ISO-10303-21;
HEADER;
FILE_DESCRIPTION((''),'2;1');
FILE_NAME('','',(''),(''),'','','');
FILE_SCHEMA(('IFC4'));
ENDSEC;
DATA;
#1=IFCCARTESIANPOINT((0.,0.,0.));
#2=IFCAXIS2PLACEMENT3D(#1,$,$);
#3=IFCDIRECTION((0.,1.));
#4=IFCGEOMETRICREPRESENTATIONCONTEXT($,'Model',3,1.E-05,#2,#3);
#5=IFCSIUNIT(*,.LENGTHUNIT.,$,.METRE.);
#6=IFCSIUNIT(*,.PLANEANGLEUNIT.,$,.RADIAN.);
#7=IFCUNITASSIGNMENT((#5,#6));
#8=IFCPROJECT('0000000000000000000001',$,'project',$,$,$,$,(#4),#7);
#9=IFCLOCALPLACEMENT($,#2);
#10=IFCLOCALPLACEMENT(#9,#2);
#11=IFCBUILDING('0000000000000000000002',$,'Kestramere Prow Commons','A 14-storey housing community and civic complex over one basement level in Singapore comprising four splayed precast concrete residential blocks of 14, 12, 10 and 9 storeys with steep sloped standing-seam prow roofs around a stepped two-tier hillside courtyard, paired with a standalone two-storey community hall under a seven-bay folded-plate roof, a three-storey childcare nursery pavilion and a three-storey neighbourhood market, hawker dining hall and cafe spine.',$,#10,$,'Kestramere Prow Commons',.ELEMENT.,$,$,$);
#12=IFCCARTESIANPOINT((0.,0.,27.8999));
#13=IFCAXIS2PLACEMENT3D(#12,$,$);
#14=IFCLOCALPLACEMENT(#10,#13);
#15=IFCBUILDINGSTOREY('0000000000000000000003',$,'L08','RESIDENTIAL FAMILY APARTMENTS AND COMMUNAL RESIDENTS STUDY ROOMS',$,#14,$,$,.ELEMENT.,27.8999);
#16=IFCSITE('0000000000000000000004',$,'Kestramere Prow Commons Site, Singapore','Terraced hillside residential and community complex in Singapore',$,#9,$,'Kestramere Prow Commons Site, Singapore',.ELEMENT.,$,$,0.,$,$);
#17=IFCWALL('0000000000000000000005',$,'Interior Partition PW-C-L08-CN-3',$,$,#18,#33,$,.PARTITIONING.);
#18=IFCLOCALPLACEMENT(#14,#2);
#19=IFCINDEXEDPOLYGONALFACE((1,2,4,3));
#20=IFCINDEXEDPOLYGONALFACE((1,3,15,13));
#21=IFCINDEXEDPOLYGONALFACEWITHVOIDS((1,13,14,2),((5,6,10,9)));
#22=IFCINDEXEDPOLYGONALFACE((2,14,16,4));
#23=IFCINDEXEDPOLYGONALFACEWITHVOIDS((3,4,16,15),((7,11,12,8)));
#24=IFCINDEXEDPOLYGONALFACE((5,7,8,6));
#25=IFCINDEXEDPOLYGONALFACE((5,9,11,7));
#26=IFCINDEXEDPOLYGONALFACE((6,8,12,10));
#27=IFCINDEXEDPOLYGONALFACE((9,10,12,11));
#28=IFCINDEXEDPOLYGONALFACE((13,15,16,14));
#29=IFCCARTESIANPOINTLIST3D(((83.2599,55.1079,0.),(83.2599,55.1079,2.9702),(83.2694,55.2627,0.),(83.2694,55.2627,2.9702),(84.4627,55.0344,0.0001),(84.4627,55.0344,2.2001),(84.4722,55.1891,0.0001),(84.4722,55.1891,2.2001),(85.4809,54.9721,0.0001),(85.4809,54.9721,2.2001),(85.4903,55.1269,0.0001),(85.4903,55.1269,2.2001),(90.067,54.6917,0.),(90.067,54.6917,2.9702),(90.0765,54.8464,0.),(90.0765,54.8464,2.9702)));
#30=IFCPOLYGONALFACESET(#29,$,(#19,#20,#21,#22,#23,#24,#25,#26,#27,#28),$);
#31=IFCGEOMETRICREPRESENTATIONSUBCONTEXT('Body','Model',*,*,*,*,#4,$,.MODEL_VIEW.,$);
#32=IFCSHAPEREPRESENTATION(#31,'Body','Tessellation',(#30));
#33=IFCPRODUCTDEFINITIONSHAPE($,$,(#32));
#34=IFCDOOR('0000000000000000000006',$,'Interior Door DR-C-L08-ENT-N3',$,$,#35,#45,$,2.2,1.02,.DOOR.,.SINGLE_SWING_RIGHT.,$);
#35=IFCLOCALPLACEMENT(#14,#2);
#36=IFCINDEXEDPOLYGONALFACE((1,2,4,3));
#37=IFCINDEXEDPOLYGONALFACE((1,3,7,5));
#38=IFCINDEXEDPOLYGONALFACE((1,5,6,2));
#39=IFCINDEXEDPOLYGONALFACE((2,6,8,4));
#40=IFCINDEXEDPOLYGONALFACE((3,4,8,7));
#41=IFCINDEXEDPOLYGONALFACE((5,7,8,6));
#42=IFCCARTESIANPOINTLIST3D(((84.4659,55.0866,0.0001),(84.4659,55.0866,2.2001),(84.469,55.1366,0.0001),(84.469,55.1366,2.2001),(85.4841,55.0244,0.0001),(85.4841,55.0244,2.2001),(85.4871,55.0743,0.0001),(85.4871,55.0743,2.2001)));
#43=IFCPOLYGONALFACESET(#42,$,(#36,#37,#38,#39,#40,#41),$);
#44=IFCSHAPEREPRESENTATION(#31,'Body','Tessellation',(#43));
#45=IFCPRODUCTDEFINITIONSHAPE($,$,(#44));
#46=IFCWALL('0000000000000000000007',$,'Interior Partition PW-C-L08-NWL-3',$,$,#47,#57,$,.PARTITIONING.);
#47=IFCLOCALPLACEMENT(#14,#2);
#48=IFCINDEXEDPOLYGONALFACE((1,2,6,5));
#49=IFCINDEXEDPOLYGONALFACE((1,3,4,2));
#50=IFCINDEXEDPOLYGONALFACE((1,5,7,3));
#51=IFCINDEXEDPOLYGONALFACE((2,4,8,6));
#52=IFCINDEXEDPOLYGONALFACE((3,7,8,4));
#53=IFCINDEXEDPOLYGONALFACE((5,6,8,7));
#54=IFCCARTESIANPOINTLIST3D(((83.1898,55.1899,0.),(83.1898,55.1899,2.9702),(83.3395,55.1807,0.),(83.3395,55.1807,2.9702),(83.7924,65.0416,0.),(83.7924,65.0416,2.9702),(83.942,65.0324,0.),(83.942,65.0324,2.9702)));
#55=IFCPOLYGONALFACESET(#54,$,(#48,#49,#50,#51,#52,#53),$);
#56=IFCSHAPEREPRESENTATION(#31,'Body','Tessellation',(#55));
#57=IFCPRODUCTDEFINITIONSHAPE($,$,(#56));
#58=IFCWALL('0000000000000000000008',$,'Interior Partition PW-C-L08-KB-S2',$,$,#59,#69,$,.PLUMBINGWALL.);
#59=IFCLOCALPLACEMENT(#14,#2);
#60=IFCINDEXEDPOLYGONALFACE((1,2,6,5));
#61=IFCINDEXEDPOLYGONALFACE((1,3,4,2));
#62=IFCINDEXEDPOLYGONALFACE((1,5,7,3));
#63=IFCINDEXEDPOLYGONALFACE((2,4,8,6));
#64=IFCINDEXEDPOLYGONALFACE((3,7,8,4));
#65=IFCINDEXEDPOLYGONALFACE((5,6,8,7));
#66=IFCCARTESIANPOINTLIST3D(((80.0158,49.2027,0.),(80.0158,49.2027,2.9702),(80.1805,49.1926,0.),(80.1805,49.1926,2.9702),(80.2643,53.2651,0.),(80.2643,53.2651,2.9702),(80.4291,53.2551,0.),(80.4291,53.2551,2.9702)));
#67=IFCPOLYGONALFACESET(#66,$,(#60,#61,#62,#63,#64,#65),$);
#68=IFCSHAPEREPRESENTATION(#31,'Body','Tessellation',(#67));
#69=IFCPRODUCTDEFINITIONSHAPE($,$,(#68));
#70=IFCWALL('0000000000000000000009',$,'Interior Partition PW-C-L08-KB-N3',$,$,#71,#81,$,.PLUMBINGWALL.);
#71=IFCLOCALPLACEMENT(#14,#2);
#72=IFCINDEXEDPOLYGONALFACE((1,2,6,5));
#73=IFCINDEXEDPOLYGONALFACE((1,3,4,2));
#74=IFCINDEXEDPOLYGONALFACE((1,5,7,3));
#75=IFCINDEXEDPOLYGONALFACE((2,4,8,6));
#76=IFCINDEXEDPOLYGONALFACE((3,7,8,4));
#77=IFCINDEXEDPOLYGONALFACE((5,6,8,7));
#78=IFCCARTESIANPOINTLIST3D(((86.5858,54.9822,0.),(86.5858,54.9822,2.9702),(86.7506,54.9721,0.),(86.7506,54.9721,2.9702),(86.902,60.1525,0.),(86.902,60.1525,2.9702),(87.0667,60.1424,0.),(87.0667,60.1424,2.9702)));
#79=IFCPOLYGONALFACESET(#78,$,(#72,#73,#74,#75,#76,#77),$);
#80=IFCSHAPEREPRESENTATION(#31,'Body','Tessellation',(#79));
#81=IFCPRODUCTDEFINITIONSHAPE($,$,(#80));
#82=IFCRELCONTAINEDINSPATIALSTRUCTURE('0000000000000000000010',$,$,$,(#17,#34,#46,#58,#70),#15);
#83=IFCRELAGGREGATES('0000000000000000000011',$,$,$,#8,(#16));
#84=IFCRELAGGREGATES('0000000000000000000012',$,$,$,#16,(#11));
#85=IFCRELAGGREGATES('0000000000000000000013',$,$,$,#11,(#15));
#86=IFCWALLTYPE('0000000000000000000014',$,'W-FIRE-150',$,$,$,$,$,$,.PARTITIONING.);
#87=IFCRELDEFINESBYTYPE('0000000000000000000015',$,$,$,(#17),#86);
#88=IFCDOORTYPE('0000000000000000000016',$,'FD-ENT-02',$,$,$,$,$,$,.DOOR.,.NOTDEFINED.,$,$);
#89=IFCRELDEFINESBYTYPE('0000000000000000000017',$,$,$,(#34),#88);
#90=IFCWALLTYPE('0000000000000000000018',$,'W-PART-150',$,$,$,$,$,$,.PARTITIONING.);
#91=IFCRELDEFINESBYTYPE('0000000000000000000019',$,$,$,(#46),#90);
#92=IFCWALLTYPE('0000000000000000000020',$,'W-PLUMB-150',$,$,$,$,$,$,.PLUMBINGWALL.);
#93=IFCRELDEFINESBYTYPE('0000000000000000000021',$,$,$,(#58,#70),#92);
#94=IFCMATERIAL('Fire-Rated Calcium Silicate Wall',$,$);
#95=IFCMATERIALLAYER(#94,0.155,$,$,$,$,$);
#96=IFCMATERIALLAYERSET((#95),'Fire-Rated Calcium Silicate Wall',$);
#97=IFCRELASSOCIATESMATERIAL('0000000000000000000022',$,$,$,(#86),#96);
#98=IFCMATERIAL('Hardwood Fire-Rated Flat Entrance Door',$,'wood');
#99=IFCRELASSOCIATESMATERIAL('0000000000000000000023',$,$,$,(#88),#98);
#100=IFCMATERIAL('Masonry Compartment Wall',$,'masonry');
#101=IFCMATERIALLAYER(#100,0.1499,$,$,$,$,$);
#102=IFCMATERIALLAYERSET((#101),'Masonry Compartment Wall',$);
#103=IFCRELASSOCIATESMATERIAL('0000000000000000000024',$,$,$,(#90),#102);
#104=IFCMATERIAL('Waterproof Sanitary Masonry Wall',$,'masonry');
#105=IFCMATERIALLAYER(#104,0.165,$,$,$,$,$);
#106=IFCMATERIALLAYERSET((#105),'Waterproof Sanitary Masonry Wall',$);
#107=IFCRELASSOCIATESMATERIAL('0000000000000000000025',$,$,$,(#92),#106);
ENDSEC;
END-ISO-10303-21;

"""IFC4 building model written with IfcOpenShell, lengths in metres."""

from ifc_helpers import new_model, si_unit, direction, frame, frame_2d, origin, place, context, subcontext, project, spatial, rectangle, extrude, material, layer, layer_set, type_object, element, fill, save


model = new_model("IFC4")

# Units and contexts
model_context = context("Model", 3, precision=1e-05, world=origin(), true_north=direction((0.0, 1.0)))
body_context = subcontext(model_context, "Body", "Model", "MODEL_VIEW")
ifc_project = project(units=[si_unit("LENGTHUNIT", "METRE"), si_unit("PLANEANGLEUNIT", "RADIAN")], contexts=[model_context])

# Site, building, storey
site_placement = place(None, origin())
site = spatial("IfcSite", under=ifc_project, at=site_placement, Name="Kestramere Prow Commons Site, Singapore", Description="Terraced hillside residential and community complex in Singapore", LongName="Kestramere Prow Commons Site, Singapore", CompositionType="ELEMENT", RefElevation=0.0)
building_placement = place(site_placement, origin())
building = spatial("IfcBuilding", under=site, at=building_placement, Name="Kestramere Prow Commons", Description="A 14-storey housing community and civic complex over one basement level in Singapore comprising four splayed precast concrete residential blocks of 14, 12, 10 and 9 storeys with steep sloped standing-seam prow roofs around a stepped two-tier hillside courtyard, paired with a standalone two-storey community hall under a seven-bay folded-plate roof, a three-storey childcare nursery pavilion and a three-storey neighbourhood market, hawker dining hall and cafe spine.", LongName="Kestramere Prow Commons", CompositionType="ELEMENT")
storey_placement = place(building_placement, frame((0.0, 0.0, 27.8999)))
storey = spatial("IfcBuildingStorey", under=building, at=storey_placement, Name="L08", Description="RESIDENTIAL FAMILY APARTMENTS AND COMMUNAL RESIDENTS STUDY ROOMS", CompositionType="ELEMENT", Elevation=27.8999)

# Wall, opening, door
ifc_material_1 = material(Name="Fire-Rated Calcium Silicate Wall")
ifc_layer_1 = layer(ifc_material_1, 0.155)
ifc_layer_set_1 = layer_set([ifc_layer_1], Name="Fire-Rated Calcium Silicate Wall")
wall_type_1 = type_object("IfcWallType", Name="W-FIRE-150", PredefinedType="PARTITIONING", material=ifc_layer_set_1)
ifc_material_2 = material(Name="Hardwood Fire-Rated Flat Entrance Door", Category="wood")
wall_1_placement = place(storey_placement, frame((83.2646, 55.1853, 0.0), z_axis=(0.0, 0.0, 1.0), x_axis=(0.998136, -0.061037, 0.0)))
wall_1 = element("IfcWall", 1, at=wall_1_placement, inside=storey, type_object=wall_type_1, Name="Interior Partition PW-C-L08-CN-3", PredefinedType="PARTITIONING", context=body_context, shape_type="SweptSolid", body=[
    extrude(rectangle(XDim=6.8198, YDim=0.155, at=frame_2d((3.4099, 0.0))), origin(), (0.0, 0.0, 1.0), 2.9702),
])
opening_1_placement = place(wall_1_placement, frame((1.2051, 0.0, 0.0)))
opening_1 = element("IfcOpeningElement", 2, at=opening_1_placement, cuts=wall_1, PredefinedType="OPENING", context=body_context, shape_type="SweptSolid", body=[
    extrude(rectangle(XDim=1.02, YDim=2.2, at=frame_2d((0.51, 1.1001))), frame((0.0, 0.0925, 0.0), z_axis=(0.0, -1.0, 0.0), x_axis=(1.0, 0.0, 0.0)), (0.0, 0.0, 1.0), 0.1851),
])
door_type_1 = type_object("IfcDoorType", Name="FD-ENT-02", OperationType="NOTDEFINED", PredefinedType="DOOR", material=ifc_material_2)
door_1_placement = place(opening_1_placement, origin())
door_1 = element("IfcDoor", 3, at=door_1_placement, inside=storey, type_object=door_type_1, Name="Interior Door DR-C-L08-ENT-N3", OperationType="SINGLE_SWING_RIGHT", OverallHeight=2.2, OverallWidth=1.02, PredefinedType="DOOR", context=body_context, shape_type="SweptSolid", body=[
    extrude(rectangle(XDim=1.02, YDim=2.2, at=frame_2d((0.51, 1.1001))), frame((0.0, 0.0249, 0.0), z_axis=(0.0, -1.0, 0.0), x_axis=(1.0, 0.0, 0.0)), (0.0, 0.0, 1.0), 0.05),
])
fill(opening_1, door_1)

# Walls
ifc_material_3 = material(Name="Masonry Compartment Wall", Category="masonry")
ifc_layer_2 = layer(ifc_material_3, 0.1499)
ifc_layer_set_2 = layer_set([ifc_layer_2], Name="Masonry Compartment Wall")
wall_type_2 = type_object("IfcWallType", Name="W-PART-150", PredefinedType="PARTITIONING", material=ifc_layer_set_2)
wall_2_placement = place(storey_placement, frame((83.2646, 55.1853, 0.0), z_axis=(0.0, 0.0, 1.0), x_axis=(0.061046, 0.998135, 0.0)))
element("IfcWall", 4, at=wall_2_placement, inside=storey, type_object=wall_type_2, Name="Interior Partition PW-C-L08-NWL-3", PredefinedType="PARTITIONING", context=body_context, shape_type="SweptSolid", body=[
    extrude(rectangle(XDim=9.8701, YDim=0.1499, at=frame_2d((4.9351, 0.0))), origin(), (0.0, 0.0, 1.0), 2.9702),
])
ifc_material_4 = material(Name="Waterproof Sanitary Masonry Wall", Category="masonry")
ifc_layer_3 = layer(ifc_material_4, 0.165)
ifc_layer_set_3 = layer_set([ifc_layer_3], Name="Waterproof Sanitary Masonry Wall")
wall_type_3 = type_object("IfcWallType", Name="W-PLUMB-150", PredefinedType="PLUMBINGWALL", material=ifc_layer_set_3)
wall_3_placement = place(storey_placement, frame((80.0981, 49.1975, 0.0), z_axis=(0.0, 0.0, 1.0), x_axis=(0.061064, 0.998134, 0.0)))
element("IfcWall", 5, at=wall_3_placement, inside=storey, type_object=wall_type_3, Name="Interior Partition PW-C-L08-KB-S2", PredefinedType="PLUMBINGWALL", context=body_context, shape_type="SweptSolid", body=[
    extrude(rectangle(XDim=4.0701, YDim=0.165, at=frame_2d((2.0352, 0.0))), origin(), (0.0, 0.0, 1.0), 2.9702),
])
wall_4_placement = place(storey_placement, frame((86.6682, 54.9773, 0.0), z_axis=(0.0, 0.0, 1.0), x_axis=(0.061037, 0.998135, 0.0)))
element("IfcWall", 6, at=wall_4_placement, inside=storey, type_object=wall_type_3, Name="Interior Partition PW-C-L08-KB-N3", PredefinedType="PLUMBINGWALL", context=body_context, shape_type="SweptSolid", body=[
    extrude(rectangle(XDim=5.1799, YDim=0.165, at=frame_2d((2.5898, 0.0))), origin(), (0.0, 0.0, 1.0), 2.9702),
])

save(model, "model.ifc")
